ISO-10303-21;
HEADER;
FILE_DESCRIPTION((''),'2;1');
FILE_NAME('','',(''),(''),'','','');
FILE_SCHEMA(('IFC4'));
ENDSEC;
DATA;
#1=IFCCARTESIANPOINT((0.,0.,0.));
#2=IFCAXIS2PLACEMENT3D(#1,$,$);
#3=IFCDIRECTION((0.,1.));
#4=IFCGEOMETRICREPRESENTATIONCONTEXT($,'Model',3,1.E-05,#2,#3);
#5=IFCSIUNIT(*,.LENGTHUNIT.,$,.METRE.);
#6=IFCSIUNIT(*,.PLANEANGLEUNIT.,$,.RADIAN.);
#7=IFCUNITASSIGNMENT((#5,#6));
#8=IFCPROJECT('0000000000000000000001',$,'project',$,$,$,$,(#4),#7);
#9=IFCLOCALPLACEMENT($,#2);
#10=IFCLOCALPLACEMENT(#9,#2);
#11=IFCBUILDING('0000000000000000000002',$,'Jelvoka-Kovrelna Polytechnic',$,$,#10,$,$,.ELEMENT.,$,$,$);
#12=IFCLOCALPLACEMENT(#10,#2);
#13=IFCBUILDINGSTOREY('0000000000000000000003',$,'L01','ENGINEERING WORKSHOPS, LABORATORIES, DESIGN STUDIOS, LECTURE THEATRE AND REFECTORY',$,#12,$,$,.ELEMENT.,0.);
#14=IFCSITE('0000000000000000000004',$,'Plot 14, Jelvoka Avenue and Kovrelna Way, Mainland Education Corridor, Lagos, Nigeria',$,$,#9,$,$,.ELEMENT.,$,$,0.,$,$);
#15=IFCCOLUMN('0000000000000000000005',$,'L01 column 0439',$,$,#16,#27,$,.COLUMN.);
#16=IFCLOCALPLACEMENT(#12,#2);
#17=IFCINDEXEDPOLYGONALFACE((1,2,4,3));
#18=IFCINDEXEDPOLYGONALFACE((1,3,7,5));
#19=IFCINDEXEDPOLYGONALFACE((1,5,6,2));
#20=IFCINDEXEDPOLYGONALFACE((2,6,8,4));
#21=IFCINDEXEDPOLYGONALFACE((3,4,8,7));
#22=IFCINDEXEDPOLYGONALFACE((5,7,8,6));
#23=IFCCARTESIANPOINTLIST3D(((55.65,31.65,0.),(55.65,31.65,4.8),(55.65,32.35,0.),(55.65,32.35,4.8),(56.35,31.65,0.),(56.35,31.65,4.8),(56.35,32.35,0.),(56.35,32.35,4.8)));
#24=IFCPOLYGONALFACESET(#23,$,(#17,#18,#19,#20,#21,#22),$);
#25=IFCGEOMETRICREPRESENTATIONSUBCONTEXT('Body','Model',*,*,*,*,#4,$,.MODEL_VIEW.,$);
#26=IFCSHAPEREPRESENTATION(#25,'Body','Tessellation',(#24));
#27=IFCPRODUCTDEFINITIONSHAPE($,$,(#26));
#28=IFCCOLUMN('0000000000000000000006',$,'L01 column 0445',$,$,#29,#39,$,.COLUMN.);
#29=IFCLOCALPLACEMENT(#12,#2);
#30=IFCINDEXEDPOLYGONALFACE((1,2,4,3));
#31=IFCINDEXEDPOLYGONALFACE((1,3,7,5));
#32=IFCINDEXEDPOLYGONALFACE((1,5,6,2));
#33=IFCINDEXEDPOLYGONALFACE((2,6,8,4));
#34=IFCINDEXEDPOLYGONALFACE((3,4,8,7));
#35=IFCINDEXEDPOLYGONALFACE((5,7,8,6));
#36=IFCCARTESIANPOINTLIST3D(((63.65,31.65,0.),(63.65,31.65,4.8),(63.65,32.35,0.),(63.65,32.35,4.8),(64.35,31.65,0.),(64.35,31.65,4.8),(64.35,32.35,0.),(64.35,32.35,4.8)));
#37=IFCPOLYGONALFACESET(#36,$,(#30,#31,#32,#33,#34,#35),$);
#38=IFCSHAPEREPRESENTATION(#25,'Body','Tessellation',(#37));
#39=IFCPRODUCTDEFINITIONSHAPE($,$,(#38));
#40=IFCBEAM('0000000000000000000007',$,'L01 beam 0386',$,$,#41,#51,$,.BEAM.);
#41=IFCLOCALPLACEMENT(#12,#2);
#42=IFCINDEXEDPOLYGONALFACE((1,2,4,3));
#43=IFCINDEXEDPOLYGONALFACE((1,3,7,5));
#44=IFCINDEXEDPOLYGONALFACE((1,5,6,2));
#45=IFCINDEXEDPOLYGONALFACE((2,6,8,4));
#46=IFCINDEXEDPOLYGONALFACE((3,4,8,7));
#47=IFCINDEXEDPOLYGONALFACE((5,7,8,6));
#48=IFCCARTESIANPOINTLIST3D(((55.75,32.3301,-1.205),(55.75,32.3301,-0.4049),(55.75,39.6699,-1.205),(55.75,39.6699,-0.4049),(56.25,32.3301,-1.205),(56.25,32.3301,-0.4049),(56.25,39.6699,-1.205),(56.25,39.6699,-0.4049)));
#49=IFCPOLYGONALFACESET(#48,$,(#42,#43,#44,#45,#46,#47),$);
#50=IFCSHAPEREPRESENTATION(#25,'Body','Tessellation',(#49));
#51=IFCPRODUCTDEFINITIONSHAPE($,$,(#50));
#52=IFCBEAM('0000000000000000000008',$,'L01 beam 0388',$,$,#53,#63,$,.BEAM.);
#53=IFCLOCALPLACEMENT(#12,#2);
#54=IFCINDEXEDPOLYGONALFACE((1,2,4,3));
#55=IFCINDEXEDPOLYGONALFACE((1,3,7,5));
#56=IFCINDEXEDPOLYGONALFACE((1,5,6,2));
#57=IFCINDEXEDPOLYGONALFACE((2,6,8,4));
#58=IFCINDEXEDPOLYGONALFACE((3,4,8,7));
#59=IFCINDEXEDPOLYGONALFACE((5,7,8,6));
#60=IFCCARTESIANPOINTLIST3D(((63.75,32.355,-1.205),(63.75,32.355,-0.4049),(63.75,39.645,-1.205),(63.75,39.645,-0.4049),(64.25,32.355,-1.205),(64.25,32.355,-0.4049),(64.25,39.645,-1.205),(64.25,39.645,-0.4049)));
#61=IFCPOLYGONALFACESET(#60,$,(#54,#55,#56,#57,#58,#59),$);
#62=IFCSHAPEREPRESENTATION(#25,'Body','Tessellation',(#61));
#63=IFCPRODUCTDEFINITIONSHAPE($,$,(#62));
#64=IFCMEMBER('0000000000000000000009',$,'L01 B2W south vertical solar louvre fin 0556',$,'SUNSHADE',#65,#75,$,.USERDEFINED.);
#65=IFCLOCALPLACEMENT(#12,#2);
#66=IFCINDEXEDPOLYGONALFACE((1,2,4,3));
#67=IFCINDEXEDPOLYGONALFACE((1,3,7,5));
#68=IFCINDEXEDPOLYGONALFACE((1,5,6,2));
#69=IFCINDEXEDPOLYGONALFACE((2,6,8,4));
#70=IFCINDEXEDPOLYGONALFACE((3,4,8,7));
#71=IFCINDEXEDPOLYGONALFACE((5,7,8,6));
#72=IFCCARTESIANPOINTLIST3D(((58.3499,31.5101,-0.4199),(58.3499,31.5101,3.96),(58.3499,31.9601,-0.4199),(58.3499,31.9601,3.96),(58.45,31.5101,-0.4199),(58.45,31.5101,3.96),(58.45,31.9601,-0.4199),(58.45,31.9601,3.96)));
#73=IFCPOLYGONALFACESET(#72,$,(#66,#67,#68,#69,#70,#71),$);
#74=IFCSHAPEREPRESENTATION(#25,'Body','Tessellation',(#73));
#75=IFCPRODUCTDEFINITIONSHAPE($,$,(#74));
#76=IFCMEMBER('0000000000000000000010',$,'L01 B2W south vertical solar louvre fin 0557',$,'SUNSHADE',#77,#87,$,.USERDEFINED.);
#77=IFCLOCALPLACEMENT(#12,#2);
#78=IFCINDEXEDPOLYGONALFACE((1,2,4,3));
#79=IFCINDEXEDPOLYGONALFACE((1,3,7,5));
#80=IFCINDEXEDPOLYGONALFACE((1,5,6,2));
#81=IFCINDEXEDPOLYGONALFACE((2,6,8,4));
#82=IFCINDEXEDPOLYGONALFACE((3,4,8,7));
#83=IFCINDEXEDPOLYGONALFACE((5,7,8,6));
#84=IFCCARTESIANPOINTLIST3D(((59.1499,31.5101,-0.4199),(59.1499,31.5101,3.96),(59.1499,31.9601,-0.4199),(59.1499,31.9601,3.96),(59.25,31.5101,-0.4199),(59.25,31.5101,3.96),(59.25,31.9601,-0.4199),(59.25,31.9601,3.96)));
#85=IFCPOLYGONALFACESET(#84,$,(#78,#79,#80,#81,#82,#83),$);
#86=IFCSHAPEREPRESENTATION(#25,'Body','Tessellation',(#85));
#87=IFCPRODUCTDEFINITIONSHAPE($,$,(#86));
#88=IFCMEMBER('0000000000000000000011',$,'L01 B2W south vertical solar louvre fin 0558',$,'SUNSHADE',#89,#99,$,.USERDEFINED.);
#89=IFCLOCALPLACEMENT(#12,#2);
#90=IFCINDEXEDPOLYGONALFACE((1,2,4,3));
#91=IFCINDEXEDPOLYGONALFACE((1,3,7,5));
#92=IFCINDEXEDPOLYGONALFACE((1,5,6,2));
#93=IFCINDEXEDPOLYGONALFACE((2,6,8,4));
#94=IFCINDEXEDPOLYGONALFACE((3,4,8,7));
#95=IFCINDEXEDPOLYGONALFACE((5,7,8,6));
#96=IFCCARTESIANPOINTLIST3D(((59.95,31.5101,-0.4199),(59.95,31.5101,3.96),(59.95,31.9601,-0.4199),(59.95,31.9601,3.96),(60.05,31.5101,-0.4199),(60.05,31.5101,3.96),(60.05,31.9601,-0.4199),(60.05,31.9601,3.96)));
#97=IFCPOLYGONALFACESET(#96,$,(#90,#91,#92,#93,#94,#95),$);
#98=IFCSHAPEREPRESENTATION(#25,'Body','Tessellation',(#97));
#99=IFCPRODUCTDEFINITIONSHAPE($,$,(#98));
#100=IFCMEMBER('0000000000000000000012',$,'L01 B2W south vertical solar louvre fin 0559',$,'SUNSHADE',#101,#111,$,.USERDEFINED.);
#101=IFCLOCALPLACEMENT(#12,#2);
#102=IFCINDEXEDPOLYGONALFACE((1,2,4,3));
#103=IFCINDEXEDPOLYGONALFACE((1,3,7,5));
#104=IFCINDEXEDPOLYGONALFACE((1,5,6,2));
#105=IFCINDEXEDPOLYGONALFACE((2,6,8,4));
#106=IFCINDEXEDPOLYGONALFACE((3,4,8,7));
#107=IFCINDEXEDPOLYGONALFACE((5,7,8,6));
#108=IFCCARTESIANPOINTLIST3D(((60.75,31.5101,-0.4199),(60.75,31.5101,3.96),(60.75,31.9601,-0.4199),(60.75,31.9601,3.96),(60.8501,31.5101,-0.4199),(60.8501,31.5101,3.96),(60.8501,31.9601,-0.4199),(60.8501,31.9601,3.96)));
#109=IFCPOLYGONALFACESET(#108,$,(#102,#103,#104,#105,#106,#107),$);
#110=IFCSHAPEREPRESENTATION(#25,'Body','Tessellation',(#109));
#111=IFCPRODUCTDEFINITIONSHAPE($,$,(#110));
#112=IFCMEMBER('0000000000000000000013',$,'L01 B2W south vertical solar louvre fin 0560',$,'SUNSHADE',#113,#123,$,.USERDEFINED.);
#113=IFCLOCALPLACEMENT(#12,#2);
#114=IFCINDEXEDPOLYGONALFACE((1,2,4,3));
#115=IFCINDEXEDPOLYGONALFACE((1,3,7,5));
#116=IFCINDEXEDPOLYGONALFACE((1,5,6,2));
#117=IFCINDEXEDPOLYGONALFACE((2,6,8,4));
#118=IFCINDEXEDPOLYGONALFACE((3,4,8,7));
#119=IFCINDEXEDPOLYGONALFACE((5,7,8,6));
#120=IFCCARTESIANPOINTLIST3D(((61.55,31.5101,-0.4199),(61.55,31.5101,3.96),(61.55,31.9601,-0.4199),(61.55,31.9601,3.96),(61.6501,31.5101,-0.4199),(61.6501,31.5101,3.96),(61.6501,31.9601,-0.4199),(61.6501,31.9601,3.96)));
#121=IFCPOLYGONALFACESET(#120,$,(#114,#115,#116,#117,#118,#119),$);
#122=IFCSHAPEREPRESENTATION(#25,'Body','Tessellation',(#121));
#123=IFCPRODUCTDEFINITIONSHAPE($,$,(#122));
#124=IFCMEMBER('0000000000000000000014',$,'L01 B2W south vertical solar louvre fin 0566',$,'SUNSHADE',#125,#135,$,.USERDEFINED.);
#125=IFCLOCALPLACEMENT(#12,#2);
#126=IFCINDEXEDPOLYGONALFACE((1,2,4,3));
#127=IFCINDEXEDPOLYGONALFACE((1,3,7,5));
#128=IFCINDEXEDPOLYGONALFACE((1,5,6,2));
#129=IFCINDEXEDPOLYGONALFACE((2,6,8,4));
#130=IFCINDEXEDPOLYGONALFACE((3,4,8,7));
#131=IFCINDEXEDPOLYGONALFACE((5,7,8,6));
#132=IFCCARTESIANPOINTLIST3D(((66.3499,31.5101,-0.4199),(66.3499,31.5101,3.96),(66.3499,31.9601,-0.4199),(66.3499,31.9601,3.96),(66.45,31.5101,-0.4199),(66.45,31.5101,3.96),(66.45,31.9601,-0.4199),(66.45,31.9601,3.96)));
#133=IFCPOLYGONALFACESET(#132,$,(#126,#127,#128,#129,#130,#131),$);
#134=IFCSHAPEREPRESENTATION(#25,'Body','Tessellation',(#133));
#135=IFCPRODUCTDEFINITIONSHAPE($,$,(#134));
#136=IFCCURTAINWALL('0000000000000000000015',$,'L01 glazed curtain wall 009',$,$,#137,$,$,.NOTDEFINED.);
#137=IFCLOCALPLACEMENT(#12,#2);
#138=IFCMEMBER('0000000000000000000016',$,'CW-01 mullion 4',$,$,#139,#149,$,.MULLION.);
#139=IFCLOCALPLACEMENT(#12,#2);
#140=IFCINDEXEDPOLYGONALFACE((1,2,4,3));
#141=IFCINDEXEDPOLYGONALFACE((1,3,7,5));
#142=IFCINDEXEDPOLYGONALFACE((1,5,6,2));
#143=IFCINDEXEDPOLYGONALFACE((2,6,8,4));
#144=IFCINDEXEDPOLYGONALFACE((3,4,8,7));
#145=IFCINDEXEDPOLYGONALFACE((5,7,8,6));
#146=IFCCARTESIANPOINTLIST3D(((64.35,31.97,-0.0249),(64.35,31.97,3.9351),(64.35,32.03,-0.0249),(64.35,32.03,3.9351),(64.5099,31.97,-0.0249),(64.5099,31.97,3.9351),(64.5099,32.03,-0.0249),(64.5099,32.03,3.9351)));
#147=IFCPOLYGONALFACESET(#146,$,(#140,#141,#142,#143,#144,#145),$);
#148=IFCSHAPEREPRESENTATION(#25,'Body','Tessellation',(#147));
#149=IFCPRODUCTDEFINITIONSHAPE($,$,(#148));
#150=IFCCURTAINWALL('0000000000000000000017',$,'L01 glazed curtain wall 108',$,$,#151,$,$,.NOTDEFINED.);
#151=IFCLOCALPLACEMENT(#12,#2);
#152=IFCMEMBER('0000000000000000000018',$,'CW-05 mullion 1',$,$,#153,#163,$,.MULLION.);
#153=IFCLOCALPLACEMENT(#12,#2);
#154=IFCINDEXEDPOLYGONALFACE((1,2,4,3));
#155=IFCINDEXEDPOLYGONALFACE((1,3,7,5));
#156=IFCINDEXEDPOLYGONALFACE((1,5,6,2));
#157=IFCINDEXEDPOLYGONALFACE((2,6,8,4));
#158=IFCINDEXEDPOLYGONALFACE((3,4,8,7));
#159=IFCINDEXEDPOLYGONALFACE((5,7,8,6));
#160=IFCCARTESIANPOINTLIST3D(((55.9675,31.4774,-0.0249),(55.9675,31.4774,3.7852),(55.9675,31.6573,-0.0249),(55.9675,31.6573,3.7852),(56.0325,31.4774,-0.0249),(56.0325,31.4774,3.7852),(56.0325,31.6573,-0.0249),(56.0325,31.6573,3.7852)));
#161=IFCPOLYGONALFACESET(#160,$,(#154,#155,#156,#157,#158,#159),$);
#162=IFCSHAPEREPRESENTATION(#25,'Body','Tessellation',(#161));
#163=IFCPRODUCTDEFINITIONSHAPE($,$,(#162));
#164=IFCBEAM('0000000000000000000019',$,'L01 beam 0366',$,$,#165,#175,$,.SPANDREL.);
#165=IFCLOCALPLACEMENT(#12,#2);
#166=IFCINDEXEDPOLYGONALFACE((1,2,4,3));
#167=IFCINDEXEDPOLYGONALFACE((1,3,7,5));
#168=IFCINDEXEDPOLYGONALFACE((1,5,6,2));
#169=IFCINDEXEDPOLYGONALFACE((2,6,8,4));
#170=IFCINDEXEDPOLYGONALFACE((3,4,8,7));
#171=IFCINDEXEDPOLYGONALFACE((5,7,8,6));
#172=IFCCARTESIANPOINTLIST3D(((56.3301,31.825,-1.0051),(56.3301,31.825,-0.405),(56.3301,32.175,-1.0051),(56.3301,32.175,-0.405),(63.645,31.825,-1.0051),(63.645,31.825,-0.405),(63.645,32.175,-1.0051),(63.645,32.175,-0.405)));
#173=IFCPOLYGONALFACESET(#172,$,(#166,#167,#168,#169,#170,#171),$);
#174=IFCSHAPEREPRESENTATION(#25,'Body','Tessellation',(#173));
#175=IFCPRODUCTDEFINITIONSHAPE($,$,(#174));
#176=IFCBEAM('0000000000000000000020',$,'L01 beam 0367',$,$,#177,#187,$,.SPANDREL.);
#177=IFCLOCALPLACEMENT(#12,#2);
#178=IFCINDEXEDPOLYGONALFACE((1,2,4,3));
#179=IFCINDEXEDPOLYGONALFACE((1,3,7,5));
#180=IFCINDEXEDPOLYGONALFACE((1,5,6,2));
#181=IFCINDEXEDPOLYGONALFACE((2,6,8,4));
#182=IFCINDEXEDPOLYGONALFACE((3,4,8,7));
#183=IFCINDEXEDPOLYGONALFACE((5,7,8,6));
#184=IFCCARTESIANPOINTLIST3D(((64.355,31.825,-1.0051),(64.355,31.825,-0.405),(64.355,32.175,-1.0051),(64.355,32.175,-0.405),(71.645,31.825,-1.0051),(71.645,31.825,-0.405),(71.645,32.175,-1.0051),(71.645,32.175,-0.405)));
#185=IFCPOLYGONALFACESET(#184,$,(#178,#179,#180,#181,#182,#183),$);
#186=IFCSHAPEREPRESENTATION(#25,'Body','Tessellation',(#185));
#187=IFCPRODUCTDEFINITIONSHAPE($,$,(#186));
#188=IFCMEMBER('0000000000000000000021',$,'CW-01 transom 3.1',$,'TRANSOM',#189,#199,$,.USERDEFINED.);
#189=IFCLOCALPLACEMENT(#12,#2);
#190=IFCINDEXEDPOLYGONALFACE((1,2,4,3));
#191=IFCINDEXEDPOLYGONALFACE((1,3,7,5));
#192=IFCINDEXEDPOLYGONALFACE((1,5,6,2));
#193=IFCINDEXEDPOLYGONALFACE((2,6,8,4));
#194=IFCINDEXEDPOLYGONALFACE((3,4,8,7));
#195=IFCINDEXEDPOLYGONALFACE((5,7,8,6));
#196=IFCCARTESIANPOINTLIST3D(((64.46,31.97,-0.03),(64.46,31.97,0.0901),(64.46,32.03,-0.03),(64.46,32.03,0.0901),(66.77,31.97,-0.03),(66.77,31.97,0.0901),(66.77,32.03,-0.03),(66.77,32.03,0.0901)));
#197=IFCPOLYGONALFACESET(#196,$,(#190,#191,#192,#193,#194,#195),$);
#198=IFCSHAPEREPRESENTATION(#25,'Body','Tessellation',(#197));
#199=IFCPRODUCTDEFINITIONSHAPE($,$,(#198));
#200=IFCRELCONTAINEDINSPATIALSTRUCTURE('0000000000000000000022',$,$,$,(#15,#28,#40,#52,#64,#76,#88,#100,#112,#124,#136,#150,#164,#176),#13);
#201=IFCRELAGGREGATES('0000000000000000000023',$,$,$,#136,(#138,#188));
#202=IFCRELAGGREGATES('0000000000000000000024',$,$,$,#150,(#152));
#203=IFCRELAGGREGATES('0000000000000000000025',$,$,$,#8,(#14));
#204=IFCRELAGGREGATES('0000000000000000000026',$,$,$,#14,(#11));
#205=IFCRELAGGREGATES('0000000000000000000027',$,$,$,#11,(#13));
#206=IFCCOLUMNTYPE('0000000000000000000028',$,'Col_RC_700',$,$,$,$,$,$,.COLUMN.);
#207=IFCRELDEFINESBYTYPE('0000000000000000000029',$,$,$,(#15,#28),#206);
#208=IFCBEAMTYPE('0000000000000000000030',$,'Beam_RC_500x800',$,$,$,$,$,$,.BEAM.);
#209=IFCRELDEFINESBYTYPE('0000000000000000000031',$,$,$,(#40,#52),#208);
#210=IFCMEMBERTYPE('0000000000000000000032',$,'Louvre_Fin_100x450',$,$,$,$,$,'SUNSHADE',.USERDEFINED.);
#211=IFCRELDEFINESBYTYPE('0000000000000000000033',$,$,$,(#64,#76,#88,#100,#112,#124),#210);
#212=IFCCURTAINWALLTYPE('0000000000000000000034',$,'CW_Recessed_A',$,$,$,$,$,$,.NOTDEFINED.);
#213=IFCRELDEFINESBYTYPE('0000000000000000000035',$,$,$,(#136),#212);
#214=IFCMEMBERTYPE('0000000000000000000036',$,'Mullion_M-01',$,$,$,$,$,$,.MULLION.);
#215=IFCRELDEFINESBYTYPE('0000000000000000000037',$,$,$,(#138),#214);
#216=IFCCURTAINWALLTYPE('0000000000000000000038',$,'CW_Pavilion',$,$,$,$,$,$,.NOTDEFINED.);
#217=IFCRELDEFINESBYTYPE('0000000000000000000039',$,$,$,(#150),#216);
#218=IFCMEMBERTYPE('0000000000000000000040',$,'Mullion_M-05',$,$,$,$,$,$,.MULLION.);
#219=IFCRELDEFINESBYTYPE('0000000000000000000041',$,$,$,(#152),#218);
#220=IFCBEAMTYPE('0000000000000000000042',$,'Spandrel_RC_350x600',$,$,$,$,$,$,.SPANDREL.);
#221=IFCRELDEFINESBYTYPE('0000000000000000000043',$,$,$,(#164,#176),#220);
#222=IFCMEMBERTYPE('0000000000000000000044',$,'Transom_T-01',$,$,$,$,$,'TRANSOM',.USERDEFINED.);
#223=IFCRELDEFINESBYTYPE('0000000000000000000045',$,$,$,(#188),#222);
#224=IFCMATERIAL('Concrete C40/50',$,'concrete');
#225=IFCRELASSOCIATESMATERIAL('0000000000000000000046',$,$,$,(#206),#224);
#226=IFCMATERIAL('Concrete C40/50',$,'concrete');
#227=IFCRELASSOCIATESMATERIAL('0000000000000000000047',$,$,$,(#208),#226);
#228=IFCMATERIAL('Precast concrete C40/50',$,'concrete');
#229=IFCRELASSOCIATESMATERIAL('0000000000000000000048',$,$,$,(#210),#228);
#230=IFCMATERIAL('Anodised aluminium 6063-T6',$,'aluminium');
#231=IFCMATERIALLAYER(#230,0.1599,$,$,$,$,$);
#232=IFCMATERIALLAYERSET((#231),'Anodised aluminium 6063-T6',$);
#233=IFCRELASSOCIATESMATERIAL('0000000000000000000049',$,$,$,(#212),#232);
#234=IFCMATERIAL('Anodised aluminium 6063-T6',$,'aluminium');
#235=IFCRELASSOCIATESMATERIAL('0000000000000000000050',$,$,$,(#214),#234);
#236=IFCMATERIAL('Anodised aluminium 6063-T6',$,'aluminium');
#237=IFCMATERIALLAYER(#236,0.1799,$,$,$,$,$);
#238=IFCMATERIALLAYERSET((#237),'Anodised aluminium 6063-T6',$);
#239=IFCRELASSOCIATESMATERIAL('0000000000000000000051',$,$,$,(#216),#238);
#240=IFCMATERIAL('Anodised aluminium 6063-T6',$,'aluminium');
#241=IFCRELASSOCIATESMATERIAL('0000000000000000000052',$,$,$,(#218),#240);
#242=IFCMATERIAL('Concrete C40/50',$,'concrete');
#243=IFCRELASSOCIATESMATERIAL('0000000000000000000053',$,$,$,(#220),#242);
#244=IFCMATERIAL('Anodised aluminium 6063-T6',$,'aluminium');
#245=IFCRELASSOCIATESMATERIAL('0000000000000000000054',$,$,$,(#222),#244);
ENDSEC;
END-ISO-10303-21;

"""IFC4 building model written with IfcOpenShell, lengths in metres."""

from ifc_helpers import new_model, si_unit, direction, frame, origin, origin_2d, place, context, subcontext, project, spatial, rectangle, extrude, material, layer, layer_set, material_profile, profile_set, type_object, element, aggregate, save


model = new_model("IFC4")

# Units and contexts
model_context = context("Model", 3, precision=1e-05, world=origin(), true_north=direction((0.0, 1.0)))
body_context = subcontext(model_context, "Body", "Model", "MODEL_VIEW")
ifc_project = project(units=[si_unit("LENGTHUNIT", "METRE"), si_unit("PLANEANGLEUNIT", "RADIAN")], contexts=[model_context])

# Site, building, storey
site_placement = place(None, origin())
site = spatial("IfcSite", under=ifc_project, at=site_placement, Name="Plot 14, Jelvoka Avenue and Kovrelna Way, Mainland Education Corridor, Lagos, Nigeria", CompositionType="ELEMENT", RefElevation=0.0)
building_placement = place(site_placement, origin())
building = spatial("IfcBuilding", under=site, at=building_placement, Name="Jelvoka-Kovrelna Polytechnic", CompositionType="ELEMENT")
storey_placement = place(building_placement, origin())
storey = spatial("IfcBuildingStorey", under=building, at=storey_placement, Name="L01", Description="ENGINEERING WORKSHOPS, LABORATORIES, DESIGN STUDIOS, LECTURE THEATRE AND REFECTORY", CompositionType="ELEMENT", Elevation=0.0)

# Columns
ifc_material_1 = material(Name="Concrete C40/50", Category="concrete")
ifc_material_profile_1 = material_profile(ifc_material_1, rectangle(XDim=0.7, YDim=0.7, at=origin_2d()), Name="RC 700x700")
ifc_profile_set_1 = profile_set([ifc_material_profile_1], Name="Concrete C40/50")
column_type = type_object("IfcColumnType", Name="Col_RC_700", PredefinedType="COLUMN", material=ifc_profile_set_1)
for number, where, z_axis, x_axis, name in (
    (1, (56.0, 32.0, 0.0), (0.0, 0.0, 1.0), (1.0, 0.0, 0.0), "L01 column 0439"),
    (2, (64.0, 32.0, 0.0), (0.0, 0.0, 1.0), (1.0, 0.0, 0.0), "L01 column 0445"),
):
    element("IfcColumn", number, at=place(storey_placement, frame(where, z_axis=z_axis, x_axis=x_axis)), inside=storey, type_object=column_type, Name=name, PredefinedType="COLUMN", context=body_context, shape_type="SweptSolid", body=[
        extrude(rectangle(XDim=0.7, YDim=0.7, at=origin_2d()), origin(), (0.0, 0.0, 1.0), 4.8),
    ])

# Beams
ifc_material_2 = material(Name="Concrete C40/50", Category="concrete")
ifc_material_profile_2 = material_profile(ifc_material_2, rectangle(XDim=0.5, YDim=0.8, at=origin_2d()), Name="RC 500x800")
ifc_profile_set_2 = profile_set([ifc_material_profile_2], Name="Concrete C40/50")
beam_type_1 = type_object("IfcBeamType", Name="Beam_RC_500x800", PredefinedType="BEAM", material=ifc_profile_set_2)
beam_1_placement = place(storey_placement, frame((56.0, 32.3301, -0.8049), z_axis=(0.0, 1.0, 0.0), x_axis=(-1.0, 0.0, 0.0)))
element("IfcBeam", 3, at=beam_1_placement, inside=storey, type_object=beam_type_1, Name="L01 beam 0386", PredefinedType="BEAM", context=body_context, shape_type="SweptSolid", body=[
    extrude(rectangle(XDim=0.5, YDim=0.8, at=origin_2d()), origin(), (0.0, 0.0, 1.0), 7.3398),
])
beam_2_placement = place(storey_placement, frame((64.0, 32.355, -0.8049), z_axis=(0.0, 1.0, 0.0), x_axis=(-1.0, 0.0, 0.0)))
element("IfcBeam", 4, at=beam_2_placement, inside=storey, type_object=beam_type_1, Name="L01 beam 0388", PredefinedType="BEAM", context=body_context, shape_type="SweptSolid", body=[
    extrude(rectangle(XDim=0.5, YDim=0.8, at=origin_2d()), origin(), (0.0, 0.0, 1.0), 7.29),
])

# Members
ifc_material_3 = material(Name="Precast concrete C40/50", Category="concrete")
ifc_material_profile_3 = material_profile(ifc_material_3, rectangle(XDim=0.1001, YDim=0.45, at=origin_2d()), Name="PC 100x450")
ifc_profile_set_3 = profile_set([ifc_material_profile_3], Name="Precast concrete C40/50")
member_type_1 = type_object("IfcMemberType", Name="Louvre_Fin_100x450", ElementType="SUNSHADE", PredefinedType="USERDEFINED", material=ifc_profile_set_3)
for number, where, z_axis, x_axis, name in (
    (5, (58.3999, 31.7351, -0.4199), (0.0, 0.0, 1.0), (1.0, 0.0, 0.0), "L01 B2W south vertical solar louvre fin 0556"),
    (6, (59.2, 31.7351, -0.4199), (0.0, 0.0, 1.0), (1.0, 0.0, 0.0), "L01 B2W south vertical solar louvre fin 0557"),
    (7, (60.0, 31.7351, -0.4199), (0.0, 0.0, 1.0), (1.0, 0.0, 0.0), "L01 B2W south vertical solar louvre fin 0558"),
    (8, (60.8, 31.7351, -0.4199), (0.0, 0.0, 1.0), (1.0, 0.0, 0.0), "L01 B2W south vertical solar louvre fin 0559"),
    (9, (61.6001, 31.7351, -0.4199), (0.0, 0.0, 1.0), (1.0, 0.0, 0.0), "L01 B2W south vertical solar louvre fin 0560"),
    (10, (66.3999, 31.7351, -0.4199), (0.0, 0.0, 1.0), (1.0, 0.0, 0.0), "L01 B2W south vertical solar louvre fin 0566"),
):
    element("IfcMember", number, at=place(storey_placement, frame(where, z_axis=z_axis, x_axis=x_axis)), inside=storey, type_object=member_type_1, Name=name, ObjectType="SUNSHADE", PredefinedType="USERDEFINED", context=body_context, shape_type="SweptSolid", body=[
        extrude(rectangle(XDim=0.1001, YDim=0.45, at=origin_2d()), origin(), (0.0, 0.0, 1.0), 4.3799),
    ])

# Curtain walls, members
ifc_material_4 = material(Name="Anodised aluminium 6063-T6", Category="aluminium")
ifc_layer_1 = layer(ifc_material_4, 0.1599)
ifc_layer_set_1 = layer_set([ifc_layer_1], Name="Anodised aluminium 6063-T6")
curtain_wall_type_1 = type_object("IfcCurtainWallType", Name="CW_Recessed_A", PredefinedType="NOTDEFINED", material=ifc_layer_set_1)
curtain_wall_1_placement = place(storey_placement, origin())
curtain_wall_1 = element("IfcCurtainWall", 11, at=curtain_wall_1_placement, inside=storey, type_object=curtain_wall_type_1, Name="L01 glazed curtain wall 009", PredefinedType="NOTDEFINED")
ifc_material_5 = material(Name="Anodised aluminium 6063-T6", Category="aluminium")
ifc_material_profile_4 = material_profile(ifc_material_5, rectangle(XDim=0.0601, YDim=0.1599, at=origin_2d()), Name="ALU 60x160")
ifc_profile_set_4 = profile_set([ifc_material_profile_4], Name="Anodised aluminium 6063-T6")
member_type_2 = type_object("IfcMemberType", Name="Mullion_M-01", PredefinedType="MULLION", material=ifc_profile_set_4)
member_1_placement = place(storey_placement, frame((64.4299, 32.0, -0.0249), z_axis=(0.0, 0.0, 1.0), x_axis=(0.0, -1.0, 0.0)))
member_1 = element("IfcMember", 12, at=member_1_placement, type_object=member_type_2, Name="CW-01 mullion 4", PredefinedType="MULLION", context=body_context, shape_type="SweptSolid", body=[
    extrude(rectangle(XDim=0.0601, YDim=0.1599, at=origin_2d()), origin(), (0.0, 0.0, 1.0), 3.96),
])
ifc_material_6 = material(Name="Anodised aluminium 6063-T6", Category="aluminium")
ifc_layer_2 = layer(ifc_material_6, 0.1799)
ifc_layer_set_2 = layer_set([ifc_layer_2], Name="Anodised aluminium 6063-T6")
curtain_wall_type_2 = type_object("IfcCurtainWallType", Name="CW_Pavilion", PredefinedType="NOTDEFINED", material=ifc_layer_set_2)
curtain_wall_2_placement = place(storey_placement, origin())
curtain_wall_2 = element("IfcCurtainWall", 13, at=curtain_wall_2_placement, inside=storey, type_object=curtain_wall_type_2, Name="L01 glazed curtain wall 108", PredefinedType="NOTDEFINED")
ifc_material_7 = material(Name="Anodised aluminium 6063-T6", Category="aluminium")
ifc_material_profile_5 = material_profile(ifc_material_7, rectangle(XDim=0.0649, YDim=0.1799, at=origin_2d()), Name="ALU 65x180")
ifc_profile_set_5 = profile_set([ifc_material_profile_5], Name="Anodised aluminium 6063-T6")
member_type_3 = type_object("IfcMemberType", Name="Mullion_M-05", PredefinedType="MULLION", material=ifc_profile_set_5)
member_2_placement = place(storey_placement, frame((56.0, 31.5674, -0.0249), z_axis=(0.0, 0.0, 1.0), x_axis=(1.0, 0.0, 0.0)))
member_2 = element("IfcMember", 14, at=member_2_placement, type_object=member_type_3, Name="CW-05 mullion 1", PredefinedType="MULLION", context=body_context, shape_type="SweptSolid", body=[
    extrude(rectangle(XDim=0.0649, YDim=0.1799, at=origin_2d()), origin(), (0.0, 0.0, 1.0), 3.8101),
])

# Beams
ifc_material_8 = material(Name="Concrete C40/50", Category="concrete")
ifc_material_profile_6 = material_profile(ifc_material_8, rectangle(XDim=0.3501, YDim=0.6001, at=origin_2d()), Name="RC 350x600")
ifc_profile_set_6 = profile_set([ifc_material_profile_6], Name="Concrete C40/50")
beam_type_2 = type_object("IfcBeamType", Name="Spandrel_RC_350x600", PredefinedType="SPANDREL", material=ifc_profile_set_6)
beam_3_placement = place(storey_placement, frame((56.3301, 32.0, -0.7051), z_axis=(1.0, 0.0, 0.0), x_axis=(0.0, 1.0, 0.0)))
element("IfcBeam", 15, at=beam_3_placement, inside=storey, type_object=beam_type_2, Name="L01 beam 0366", PredefinedType="SPANDREL", context=body_context, shape_type="SweptSolid", body=[
    extrude(rectangle(XDim=0.3501, YDim=0.6001, at=origin_2d()), origin(), (0.0, 0.0, 1.0), 7.3149),
])
beam_4_placement = place(storey_placement, frame((64.355, 32.0, -0.7051), z_axis=(1.0, 0.0, 0.0), x_axis=(0.0, 1.0, 0.0)))
element("IfcBeam", 16, at=beam_4_placement, inside=storey, type_object=beam_type_2, Name="L01 beam 0367", PredefinedType="SPANDREL", context=body_context, shape_type="SweptSolid", body=[
    extrude(rectangle(XDim=0.3501, YDim=0.6001, at=origin_2d()), origin(), (0.0, 0.0, 1.0), 7.29),
])

# Member
ifc_material_9 = material(Name="Anodised aluminium 6063-T6", Category="aluminium")
ifc_material_profile_7 = material_profile(ifc_material_9, rectangle(XDim=0.0601, YDim=0.1201, at=origin_2d()), Name="ALU 60x120")
ifc_profile_set_7 = profile_set([ifc_material_profile_7], Name="Anodised aluminium 6063-T6")
member_type_4 = type_object("IfcMemberType", Name="Transom_T-01", ElementType="TRANSOM", PredefinedType="USERDEFINED", material=ifc_profile_set_7)
member_3_placement = place(storey_placement, frame((66.77, 32.0, 0.03), z_axis=(-1.0, 0.0, 0.0), x_axis=(0.0, -1.0, 0.0)))
member_3 = element("IfcMember", 17, at=member_3_placement, type_object=member_type_4, Name="CW-01 transom 3.1", ObjectType="TRANSOM", PredefinedType="USERDEFINED", context=body_context, shape_type="SweptSolid", body=[
    extrude(rectangle(XDim=0.0601, YDim=0.1201, at=origin_2d()), origin(), (0.0, 0.0, 1.0), 2.3101),
])

aggregate(curtain_wall_1, [member_1, member_3])
aggregate(curtain_wall_2, [member_2])

save(model, "model.ifc")
